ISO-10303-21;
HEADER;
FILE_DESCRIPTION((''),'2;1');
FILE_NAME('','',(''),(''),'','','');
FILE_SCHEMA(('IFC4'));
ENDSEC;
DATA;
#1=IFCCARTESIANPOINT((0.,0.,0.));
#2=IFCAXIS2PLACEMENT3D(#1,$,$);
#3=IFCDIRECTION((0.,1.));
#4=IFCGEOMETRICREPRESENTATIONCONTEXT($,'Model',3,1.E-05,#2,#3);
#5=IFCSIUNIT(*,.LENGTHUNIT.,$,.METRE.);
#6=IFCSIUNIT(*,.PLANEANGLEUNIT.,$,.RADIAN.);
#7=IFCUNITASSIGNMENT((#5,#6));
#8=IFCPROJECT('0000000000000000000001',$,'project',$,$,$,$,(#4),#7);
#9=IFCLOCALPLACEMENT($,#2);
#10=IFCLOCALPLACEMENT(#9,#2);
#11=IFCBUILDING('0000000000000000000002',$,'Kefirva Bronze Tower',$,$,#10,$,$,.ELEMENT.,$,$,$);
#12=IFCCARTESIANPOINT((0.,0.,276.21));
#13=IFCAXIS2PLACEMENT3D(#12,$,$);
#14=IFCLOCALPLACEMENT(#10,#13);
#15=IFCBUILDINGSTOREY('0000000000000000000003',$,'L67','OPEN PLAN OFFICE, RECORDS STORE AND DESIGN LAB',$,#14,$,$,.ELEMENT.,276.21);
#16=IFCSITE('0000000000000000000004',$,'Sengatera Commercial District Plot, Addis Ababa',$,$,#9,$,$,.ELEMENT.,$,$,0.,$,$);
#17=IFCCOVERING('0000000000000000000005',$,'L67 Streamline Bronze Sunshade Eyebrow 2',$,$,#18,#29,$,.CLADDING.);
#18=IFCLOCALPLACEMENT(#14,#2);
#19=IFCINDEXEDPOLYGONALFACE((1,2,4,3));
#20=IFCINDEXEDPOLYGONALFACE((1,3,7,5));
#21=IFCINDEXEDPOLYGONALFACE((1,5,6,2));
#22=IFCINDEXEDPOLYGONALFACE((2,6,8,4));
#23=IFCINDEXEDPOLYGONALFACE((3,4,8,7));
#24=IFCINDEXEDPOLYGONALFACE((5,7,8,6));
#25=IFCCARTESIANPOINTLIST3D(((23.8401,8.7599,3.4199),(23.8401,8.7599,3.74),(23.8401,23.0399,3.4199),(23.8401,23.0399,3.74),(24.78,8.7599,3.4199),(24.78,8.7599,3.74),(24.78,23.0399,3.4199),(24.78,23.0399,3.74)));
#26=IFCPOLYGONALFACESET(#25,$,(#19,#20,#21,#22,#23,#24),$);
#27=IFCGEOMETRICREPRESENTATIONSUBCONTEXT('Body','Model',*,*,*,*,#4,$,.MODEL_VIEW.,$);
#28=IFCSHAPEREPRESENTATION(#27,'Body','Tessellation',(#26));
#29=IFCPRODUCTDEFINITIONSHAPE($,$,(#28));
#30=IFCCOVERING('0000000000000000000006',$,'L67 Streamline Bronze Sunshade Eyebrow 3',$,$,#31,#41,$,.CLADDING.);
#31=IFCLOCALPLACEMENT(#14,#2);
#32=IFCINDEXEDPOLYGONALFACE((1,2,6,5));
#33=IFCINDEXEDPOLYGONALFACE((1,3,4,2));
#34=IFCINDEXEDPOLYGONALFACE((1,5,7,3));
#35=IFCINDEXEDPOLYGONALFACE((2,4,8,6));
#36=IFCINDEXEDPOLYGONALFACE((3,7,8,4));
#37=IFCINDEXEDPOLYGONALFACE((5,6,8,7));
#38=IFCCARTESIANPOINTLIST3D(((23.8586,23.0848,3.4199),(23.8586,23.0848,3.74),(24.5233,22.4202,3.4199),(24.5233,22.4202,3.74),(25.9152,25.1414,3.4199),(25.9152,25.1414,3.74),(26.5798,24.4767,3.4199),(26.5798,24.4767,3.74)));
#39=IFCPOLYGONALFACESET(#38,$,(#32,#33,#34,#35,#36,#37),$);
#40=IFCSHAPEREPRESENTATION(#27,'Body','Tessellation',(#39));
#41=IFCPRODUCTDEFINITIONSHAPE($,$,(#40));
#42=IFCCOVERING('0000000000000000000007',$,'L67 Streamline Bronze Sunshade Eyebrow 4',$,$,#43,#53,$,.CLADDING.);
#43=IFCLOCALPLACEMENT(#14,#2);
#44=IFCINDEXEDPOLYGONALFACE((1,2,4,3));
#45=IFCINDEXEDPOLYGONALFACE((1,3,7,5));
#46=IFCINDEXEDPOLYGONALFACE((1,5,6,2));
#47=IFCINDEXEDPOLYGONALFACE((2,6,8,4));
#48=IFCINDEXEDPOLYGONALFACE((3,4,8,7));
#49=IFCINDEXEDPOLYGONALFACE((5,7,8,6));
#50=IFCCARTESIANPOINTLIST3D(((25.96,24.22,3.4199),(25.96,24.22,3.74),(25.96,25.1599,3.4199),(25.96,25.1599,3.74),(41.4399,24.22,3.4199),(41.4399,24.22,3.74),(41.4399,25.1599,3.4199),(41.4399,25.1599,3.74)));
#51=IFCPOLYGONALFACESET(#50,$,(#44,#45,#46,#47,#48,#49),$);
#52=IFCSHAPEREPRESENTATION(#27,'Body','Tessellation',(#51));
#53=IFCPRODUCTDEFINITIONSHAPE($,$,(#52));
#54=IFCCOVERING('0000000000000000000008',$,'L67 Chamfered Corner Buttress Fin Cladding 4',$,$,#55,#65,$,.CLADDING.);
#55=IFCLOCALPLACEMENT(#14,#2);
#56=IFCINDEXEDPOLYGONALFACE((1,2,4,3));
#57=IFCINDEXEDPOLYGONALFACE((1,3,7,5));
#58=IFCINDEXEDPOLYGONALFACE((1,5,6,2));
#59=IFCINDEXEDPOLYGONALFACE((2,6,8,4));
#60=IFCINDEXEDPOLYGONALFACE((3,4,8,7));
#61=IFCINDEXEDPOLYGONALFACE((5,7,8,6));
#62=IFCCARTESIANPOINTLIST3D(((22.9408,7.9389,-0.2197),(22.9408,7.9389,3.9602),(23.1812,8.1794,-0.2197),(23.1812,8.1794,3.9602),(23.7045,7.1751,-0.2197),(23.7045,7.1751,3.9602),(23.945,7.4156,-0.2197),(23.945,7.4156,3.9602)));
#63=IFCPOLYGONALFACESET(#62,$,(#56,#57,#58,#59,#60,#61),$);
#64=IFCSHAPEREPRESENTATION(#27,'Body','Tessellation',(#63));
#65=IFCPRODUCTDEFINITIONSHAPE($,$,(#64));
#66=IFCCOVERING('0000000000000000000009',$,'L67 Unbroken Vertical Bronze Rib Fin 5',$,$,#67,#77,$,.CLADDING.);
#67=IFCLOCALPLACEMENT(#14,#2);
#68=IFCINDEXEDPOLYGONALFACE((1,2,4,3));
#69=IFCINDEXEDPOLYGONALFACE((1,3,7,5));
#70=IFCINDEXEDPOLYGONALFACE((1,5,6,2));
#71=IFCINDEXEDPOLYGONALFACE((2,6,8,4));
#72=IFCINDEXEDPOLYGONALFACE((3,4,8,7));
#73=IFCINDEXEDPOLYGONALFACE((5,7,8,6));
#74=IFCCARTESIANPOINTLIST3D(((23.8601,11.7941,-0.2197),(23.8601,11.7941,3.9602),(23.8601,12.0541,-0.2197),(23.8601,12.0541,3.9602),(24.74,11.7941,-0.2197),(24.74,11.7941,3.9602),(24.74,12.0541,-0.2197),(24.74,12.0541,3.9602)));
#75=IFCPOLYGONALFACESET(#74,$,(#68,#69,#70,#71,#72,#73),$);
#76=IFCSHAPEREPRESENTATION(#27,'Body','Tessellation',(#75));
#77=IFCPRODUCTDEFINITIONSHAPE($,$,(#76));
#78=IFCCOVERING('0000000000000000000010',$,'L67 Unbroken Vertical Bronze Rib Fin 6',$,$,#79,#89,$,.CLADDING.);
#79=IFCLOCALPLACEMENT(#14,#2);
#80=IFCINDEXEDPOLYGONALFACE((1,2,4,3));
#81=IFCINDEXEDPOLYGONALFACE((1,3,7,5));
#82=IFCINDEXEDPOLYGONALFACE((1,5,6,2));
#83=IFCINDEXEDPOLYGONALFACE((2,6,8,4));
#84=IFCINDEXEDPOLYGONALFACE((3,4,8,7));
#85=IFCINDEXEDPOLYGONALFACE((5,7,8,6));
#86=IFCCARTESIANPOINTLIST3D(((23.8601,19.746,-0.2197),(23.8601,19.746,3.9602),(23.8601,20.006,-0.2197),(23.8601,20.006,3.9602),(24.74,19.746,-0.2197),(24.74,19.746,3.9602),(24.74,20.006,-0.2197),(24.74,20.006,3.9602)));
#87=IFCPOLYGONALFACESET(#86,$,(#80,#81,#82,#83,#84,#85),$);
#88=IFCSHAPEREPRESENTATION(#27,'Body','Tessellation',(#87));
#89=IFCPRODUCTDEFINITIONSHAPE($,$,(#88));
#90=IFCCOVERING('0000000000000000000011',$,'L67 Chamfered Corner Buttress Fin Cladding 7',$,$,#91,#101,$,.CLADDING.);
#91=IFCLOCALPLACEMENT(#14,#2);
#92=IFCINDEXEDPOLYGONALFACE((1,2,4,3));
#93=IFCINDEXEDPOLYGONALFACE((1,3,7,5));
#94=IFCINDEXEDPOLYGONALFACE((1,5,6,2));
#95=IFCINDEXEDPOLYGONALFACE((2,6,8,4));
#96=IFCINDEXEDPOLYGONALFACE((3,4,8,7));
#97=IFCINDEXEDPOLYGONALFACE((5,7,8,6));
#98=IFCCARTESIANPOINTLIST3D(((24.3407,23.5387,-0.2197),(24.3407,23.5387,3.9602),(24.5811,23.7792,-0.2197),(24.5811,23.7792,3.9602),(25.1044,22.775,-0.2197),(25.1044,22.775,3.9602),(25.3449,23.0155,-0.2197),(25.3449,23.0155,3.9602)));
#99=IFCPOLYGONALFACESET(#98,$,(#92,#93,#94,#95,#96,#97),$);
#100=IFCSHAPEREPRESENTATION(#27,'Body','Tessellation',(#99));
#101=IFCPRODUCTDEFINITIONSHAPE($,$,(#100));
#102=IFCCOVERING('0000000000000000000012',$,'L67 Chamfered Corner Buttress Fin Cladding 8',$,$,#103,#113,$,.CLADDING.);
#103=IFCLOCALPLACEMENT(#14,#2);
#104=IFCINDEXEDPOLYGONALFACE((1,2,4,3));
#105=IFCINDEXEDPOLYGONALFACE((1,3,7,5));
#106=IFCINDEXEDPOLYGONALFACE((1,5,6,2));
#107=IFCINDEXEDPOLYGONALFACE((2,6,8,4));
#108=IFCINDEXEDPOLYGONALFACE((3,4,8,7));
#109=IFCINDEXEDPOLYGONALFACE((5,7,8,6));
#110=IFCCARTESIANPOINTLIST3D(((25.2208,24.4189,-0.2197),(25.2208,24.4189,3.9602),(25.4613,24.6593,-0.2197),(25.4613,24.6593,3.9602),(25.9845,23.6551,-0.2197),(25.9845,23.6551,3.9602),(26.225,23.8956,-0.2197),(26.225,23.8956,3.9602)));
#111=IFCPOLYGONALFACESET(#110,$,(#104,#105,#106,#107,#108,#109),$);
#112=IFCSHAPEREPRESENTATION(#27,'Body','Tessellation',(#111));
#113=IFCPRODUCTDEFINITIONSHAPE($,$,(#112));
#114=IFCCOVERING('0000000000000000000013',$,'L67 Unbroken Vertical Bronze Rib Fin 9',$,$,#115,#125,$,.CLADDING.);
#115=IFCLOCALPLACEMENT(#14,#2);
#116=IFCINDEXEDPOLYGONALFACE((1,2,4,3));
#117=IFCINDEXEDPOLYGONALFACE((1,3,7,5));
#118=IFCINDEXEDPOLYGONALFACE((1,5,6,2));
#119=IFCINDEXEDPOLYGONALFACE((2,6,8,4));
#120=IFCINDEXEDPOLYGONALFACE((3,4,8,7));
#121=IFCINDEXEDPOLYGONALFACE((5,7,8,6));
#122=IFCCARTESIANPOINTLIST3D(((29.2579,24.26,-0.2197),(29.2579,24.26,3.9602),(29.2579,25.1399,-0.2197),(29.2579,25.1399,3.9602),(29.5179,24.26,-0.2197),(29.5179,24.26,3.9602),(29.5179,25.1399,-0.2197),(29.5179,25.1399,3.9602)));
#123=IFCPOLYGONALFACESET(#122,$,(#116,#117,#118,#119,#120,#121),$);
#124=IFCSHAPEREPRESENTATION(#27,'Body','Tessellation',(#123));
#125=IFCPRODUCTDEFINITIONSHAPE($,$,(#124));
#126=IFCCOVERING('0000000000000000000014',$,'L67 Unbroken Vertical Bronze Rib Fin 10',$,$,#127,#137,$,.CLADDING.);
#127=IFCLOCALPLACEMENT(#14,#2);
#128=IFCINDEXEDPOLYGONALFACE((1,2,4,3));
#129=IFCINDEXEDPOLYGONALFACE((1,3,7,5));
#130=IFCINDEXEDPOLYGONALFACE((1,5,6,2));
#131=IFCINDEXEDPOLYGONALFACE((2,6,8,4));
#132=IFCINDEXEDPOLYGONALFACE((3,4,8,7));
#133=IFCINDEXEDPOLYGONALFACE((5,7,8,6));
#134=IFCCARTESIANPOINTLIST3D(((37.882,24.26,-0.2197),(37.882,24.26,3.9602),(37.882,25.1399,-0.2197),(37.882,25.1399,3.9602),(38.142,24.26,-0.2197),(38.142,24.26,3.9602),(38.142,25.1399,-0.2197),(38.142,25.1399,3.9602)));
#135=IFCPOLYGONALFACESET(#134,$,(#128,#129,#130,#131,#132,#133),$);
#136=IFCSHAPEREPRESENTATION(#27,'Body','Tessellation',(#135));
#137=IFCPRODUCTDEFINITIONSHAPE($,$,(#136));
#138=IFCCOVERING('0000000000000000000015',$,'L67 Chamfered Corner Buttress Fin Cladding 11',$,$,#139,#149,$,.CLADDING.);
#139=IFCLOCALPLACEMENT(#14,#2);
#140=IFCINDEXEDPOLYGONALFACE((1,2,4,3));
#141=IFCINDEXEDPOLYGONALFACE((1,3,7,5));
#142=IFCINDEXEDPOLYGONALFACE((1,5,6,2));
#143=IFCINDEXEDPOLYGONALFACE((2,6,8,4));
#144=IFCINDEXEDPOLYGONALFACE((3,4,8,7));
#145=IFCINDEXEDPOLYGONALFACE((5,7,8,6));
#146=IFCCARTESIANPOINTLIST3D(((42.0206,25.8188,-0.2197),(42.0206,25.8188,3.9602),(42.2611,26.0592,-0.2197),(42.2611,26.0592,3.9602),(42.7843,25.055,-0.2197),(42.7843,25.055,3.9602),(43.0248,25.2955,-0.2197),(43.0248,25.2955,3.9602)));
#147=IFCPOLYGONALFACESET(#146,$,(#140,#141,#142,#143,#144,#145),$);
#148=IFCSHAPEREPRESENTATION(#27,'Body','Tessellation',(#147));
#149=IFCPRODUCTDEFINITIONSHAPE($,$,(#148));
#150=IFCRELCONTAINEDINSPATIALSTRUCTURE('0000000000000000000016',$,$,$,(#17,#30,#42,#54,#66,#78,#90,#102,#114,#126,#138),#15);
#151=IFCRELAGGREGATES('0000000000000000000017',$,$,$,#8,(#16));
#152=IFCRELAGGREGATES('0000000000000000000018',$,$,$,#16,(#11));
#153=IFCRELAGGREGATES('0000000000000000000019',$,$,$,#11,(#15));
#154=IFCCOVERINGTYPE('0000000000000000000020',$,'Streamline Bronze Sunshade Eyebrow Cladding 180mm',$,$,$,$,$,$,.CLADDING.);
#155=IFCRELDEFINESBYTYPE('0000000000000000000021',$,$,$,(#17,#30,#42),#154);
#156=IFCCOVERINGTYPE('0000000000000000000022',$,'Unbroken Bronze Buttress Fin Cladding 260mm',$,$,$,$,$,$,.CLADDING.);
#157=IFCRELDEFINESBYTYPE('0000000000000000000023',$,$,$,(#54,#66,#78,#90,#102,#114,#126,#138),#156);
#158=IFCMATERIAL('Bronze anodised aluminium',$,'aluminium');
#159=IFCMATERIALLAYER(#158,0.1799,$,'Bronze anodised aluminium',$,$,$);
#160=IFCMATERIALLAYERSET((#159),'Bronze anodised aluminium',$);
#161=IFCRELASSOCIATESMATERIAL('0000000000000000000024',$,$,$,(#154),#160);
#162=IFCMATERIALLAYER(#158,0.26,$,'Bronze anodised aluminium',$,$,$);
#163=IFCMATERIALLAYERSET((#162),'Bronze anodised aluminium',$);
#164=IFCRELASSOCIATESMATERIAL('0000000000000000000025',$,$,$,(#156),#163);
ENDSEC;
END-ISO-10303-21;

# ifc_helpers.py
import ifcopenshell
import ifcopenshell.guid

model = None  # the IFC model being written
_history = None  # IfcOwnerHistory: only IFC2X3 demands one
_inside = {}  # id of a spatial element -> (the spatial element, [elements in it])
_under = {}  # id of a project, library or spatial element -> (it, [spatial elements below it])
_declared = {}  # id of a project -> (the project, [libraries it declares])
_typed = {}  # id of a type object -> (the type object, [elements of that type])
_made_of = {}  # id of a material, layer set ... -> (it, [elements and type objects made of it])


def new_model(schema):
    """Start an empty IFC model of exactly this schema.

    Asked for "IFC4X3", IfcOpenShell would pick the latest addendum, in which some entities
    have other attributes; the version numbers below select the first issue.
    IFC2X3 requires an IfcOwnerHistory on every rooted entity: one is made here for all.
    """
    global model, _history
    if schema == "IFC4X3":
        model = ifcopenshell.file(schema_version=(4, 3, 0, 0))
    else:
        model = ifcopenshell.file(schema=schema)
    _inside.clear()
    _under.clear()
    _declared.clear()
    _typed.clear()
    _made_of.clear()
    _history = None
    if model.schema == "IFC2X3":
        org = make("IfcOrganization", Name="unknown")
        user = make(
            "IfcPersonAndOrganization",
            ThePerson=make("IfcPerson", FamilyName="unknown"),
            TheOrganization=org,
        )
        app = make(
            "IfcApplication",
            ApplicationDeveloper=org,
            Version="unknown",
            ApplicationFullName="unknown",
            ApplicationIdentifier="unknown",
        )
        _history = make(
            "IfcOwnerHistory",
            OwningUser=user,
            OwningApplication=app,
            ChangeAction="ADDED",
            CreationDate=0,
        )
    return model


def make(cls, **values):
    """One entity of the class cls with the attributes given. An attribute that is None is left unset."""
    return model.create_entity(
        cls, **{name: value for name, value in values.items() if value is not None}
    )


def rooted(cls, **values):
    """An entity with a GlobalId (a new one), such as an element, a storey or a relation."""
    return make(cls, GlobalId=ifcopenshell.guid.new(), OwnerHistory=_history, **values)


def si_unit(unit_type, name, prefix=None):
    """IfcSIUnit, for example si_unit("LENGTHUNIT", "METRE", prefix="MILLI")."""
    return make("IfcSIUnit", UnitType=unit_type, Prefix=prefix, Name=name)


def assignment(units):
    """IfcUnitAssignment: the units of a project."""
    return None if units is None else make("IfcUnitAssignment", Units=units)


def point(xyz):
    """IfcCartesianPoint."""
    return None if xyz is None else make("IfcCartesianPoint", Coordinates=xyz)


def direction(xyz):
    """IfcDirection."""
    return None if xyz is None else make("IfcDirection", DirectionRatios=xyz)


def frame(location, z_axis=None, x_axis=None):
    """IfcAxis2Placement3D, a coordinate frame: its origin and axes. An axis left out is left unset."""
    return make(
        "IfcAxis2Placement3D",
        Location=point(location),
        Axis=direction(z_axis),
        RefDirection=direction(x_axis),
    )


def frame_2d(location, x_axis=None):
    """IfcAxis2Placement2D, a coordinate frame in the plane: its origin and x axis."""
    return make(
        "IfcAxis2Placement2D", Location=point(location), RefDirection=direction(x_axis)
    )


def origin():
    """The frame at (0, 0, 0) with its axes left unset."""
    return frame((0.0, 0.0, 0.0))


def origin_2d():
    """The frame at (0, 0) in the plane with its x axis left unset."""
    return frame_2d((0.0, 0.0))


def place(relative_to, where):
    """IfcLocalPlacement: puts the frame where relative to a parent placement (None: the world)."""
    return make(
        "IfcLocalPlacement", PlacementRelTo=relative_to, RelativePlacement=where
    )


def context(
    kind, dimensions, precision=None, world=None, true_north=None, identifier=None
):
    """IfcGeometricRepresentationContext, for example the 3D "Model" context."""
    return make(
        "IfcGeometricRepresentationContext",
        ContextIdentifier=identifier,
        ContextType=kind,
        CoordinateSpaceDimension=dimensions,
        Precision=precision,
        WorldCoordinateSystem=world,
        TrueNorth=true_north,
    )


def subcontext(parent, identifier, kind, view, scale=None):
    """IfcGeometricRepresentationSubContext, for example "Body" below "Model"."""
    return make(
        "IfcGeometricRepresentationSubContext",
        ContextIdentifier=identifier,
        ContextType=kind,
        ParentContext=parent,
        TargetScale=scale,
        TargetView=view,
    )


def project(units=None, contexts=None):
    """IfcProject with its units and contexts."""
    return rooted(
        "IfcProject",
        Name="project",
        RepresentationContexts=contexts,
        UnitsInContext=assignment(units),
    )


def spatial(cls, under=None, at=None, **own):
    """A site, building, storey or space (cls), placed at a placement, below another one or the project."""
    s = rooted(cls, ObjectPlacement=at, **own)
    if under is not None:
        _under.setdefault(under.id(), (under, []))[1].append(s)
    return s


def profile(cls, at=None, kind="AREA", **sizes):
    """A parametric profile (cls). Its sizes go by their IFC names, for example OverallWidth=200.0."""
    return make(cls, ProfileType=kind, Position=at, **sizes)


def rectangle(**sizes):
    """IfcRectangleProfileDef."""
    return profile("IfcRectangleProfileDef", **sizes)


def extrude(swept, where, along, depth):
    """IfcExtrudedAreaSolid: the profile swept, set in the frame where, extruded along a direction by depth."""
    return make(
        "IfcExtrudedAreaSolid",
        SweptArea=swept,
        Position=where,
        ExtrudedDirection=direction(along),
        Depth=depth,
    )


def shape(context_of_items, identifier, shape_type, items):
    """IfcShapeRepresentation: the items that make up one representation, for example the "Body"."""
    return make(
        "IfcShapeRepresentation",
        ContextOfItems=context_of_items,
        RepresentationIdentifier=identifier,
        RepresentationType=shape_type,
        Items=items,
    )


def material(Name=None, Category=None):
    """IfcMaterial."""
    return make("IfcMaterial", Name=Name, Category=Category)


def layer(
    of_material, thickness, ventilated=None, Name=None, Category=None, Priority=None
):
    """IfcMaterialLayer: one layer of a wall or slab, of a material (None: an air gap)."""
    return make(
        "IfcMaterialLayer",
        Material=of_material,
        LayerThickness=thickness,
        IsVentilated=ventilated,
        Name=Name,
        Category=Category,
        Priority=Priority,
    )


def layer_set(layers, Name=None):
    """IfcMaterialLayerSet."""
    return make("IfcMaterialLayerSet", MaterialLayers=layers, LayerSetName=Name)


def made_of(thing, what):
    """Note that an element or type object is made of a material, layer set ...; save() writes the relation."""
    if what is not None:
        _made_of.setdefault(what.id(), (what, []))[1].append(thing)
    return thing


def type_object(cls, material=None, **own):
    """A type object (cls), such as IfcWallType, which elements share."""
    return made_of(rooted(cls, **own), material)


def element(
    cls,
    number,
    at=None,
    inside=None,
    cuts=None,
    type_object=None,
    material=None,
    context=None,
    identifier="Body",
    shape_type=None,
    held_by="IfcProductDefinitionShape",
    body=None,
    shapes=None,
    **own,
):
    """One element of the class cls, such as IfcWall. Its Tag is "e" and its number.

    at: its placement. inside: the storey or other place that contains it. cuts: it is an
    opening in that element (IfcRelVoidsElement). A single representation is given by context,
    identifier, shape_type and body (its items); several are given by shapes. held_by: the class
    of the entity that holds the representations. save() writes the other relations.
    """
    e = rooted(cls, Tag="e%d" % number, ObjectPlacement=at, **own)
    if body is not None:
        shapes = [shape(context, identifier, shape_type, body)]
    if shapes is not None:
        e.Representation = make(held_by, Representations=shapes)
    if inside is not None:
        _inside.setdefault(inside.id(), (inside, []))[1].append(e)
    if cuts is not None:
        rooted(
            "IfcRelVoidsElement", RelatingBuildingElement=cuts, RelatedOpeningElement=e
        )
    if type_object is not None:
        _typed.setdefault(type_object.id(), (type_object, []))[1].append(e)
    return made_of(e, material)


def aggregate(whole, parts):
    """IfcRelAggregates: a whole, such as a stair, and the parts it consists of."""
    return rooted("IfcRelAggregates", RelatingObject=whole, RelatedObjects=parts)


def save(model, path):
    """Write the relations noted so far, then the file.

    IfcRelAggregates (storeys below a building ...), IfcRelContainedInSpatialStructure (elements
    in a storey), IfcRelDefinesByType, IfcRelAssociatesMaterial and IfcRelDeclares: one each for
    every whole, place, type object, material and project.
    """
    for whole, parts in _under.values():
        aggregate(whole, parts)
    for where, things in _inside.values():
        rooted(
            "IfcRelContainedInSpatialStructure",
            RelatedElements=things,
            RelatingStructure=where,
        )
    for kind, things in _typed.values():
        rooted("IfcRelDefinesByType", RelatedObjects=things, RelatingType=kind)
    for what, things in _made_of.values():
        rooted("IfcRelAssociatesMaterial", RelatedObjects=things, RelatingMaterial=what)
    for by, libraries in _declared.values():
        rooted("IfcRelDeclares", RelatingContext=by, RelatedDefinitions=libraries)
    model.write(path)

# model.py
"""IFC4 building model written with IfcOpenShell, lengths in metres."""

from ifc_helpers import new_model, si_unit, direction, frame, origin, origin_2d, place, context, subcontext, project, spatial, rectangle, extrude, material, layer, layer_set, type_object, element, save


model = new_model("IFC4")

# Units and contexts
model_context = context("Model", 3, precision=1e-05, world=origin(), true_north=direction((0.0, 1.0)))
body_context = subcontext(model_context, "Body", "Model", "MODEL_VIEW")
ifc_project = project(units=[si_unit("LENGTHUNIT", "METRE"), si_unit("PLANEANGLEUNIT", "RADIAN")], contexts=[model_context])

# Site, building, storey
site_placement = place(None, origin())
site = spatial("IfcSite", under=ifc_project, at=site_placement, Name="Sengatera Commercial District Plot, Addis Ababa", CompositionType="ELEMENT", RefElevation=0.0)
building_placement = place(site_placement, origin())
building = spatial("IfcBuilding", under=site, at=building_placement, Name="Kefirva Bronze Tower", CompositionType="ELEMENT")
storey_placement = place(building_placement, frame((0.0, 0.0, 276.21)))
storey = spatial("IfcBuildingStorey", under=building, at=storey_placement, Name="L67", Description="OPEN PLAN OFFICE, RECORDS STORE AND DESIGN LAB", CompositionType="ELEMENT", Elevation=276.21)

# Shared definitions
ifc_material_1 = material(Name="Bronze anodised aluminium", Category="aluminium")

# Coverings
ifc_layer_1 = layer(ifc_material_1, 0.1799, Name="Bronze anodised aluminium")
ifc_layer_set_1 = layer_set([ifc_layer_1], Name="Bronze anodised aluminium")
covering_type_1 = type_object("IfcCoveringType", Name="Streamline Bronze Sunshade Eyebrow Cladding 180mm", PredefinedType="CLADDING", material=ifc_layer_set_1)
covering_1_placement = place(storey_placement, frame((24.3101, 15.8999, 3.4199), z_axis=(0.0, 0.0, 1.0), x_axis=(0.0, 1.0, 0.0)))
element("IfcCovering", 1, at=covering_1_placement, inside=storey, type_object=covering_type_1, Name="L67 Streamline Bronze Sunshade Eyebrow 2", PredefinedType="CLADDING", context=body_context, shape_type="SweptSolid", body=[
    extrude(rectangle(XDim=14.28, YDim=0.9399, at=origin_2d()), origin(), (0.0, 0.0, 1.0), 0.3201),
])
covering_2_placement = place(storey_placement, frame((25.2192, 23.7808, 3.4199), z_axis=(0.0, 0.0, 1.0), x_axis=(0.707107, 0.707107, 0.0)))
element("IfcCovering", 2, at=covering_2_placement, inside=storey, type_object=covering_type_1, Name="L67 Streamline Bronze Sunshade Eyebrow 3", PredefinedType="CLADDING", context=body_context, shape_type="SweptSolid", body=[
    extrude(rectangle(XDim=2.9084, YDim=0.9399, at=origin_2d()), origin(), (0.0, 0.0, 1.0), 0.3201),
])
covering_3_placement = place(storey_placement, frame((33.7, 24.6899, 3.4199), z_axis=(0.0, 0.0, 1.0), x_axis=(1.0, 0.0, 0.0)))
element("IfcCovering", 3, at=covering_3_placement, inside=storey, type_object=covering_type_1, Name="L67 Streamline Bronze Sunshade Eyebrow 4", PredefinedType="CLADDING", context=body_context, shape_type="SweptSolid", body=[
    extrude(rectangle(XDim=15.48, YDim=0.9399, at=origin_2d()), origin(), (0.0, 0.0, 1.0), 0.3201),
])
ifc_layer_2 = layer(ifc_material_1, 0.26, Name="Bronze anodised aluminium")
ifc_layer_set_2 = layer_set([ifc_layer_2], Name="Bronze anodised aluminium")
covering_type_2 = type_object("IfcCoveringType", Name="Unbroken Bronze Buttress Fin Cladding 260mm", PredefinedType="CLADDING", material=ifc_layer_set_2)
covering_4_placement = place(storey_placement, frame((23.4429, 7.6772, -0.2197), z_axis=(0.0, 0.0, 1.0), x_axis=(0.707107, 0.707107, 0.0)))
element("IfcCovering", 4, at=covering_4_placement, inside=storey, type_object=covering_type_2, Name="L67 Chamfered Corner Buttress Fin Cladding 4", PredefinedType="CLADDING", context=body_context, shape_type="SweptSolid", body=[
    extrude(rectangle(XDim=0.3401, YDim=1.0801, at=origin_2d()), origin(), (0.0, 0.0, 1.0), 4.1799),
])
for number, where, z_axis, x_axis, name in (
    (5, (24.3, 11.9241, -0.2197), (0.0, 0.0, 1.0), (0.0, 1.0, 0.0), "L67 Unbroken Vertical Bronze Rib Fin 5"),
    (6, (24.3, 19.876, -0.2197), (0.0, 0.0, 1.0), (0.0, 1.0, 0.0), "L67 Unbroken Vertical Bronze Rib Fin 6"),
):
    element("IfcCovering", number, at=place(storey_placement, frame(where, z_axis=z_axis, x_axis=x_axis)), inside=storey, type_object=covering_type_2, Name=name, PredefinedType="CLADDING", context=body_context, shape_type="SweptSolid", body=[
        extrude(rectangle(XDim=0.26, YDim=0.8799, at=origin_2d()), origin(), (0.0, 0.0, 1.0), 4.1799),
    ])
for number, where, z_axis, x_axis, name in (
    (7, (24.8428, 23.2771, -0.2197), (0.0, 0.0, 1.0), (0.707107, 0.707107, 0.0), "L67 Chamfered Corner Buttress Fin Cladding 7"),
    (8, (25.7229, 24.1572, -0.2197), (0.0, 0.0, 1.0), (0.707107, 0.707107, 0.0), "L67 Chamfered Corner Buttress Fin Cladding 8"),
):
    element("IfcCovering", number, at=place(storey_placement, frame(where, z_axis=z_axis, x_axis=x_axis)), inside=storey, type_object=covering_type_2, Name=name, PredefinedType="CLADDING", context=body_context, shape_type="SweptSolid", body=[
        extrude(rectangle(XDim=0.3401, YDim=1.0801, at=origin_2d()), origin(), (0.0, 0.0, 1.0), 4.1799),
    ])
for number, where, z_axis, x_axis, name in (
    (9, (29.3879, 24.7, -0.2197), (0.0, 0.0, 1.0), (1.0, 0.0, 0.0), "L67 Unbroken Vertical Bronze Rib Fin 9"),
    (10, (38.012, 24.7, -0.2197), (0.0, 0.0, 1.0), (1.0, 0.0, 0.0), "L67 Unbroken Vertical Bronze Rib Fin 10"),
):
    element("IfcCovering", number, at=place(storey_placement, frame(where, z_axis=z_axis, x_axis=x_axis)), inside=storey, type_object=covering_type_2, Name=name, PredefinedType="CLADDING", context=body_context, shape_type="SweptSolid", body=[
        extrude(rectangle(XDim=0.26, YDim=0.8799, at=origin_2d()), origin(), (0.0, 0.0, 1.0), 4.1799),
    ])
covering_5_placement = place(storey_placement, frame((42.5227, 25.5571, -0.2197), z_axis=(0.0, 0.0, 1.0), x_axis=(0.707107, 0.707107, 0.0)))
element("IfcCovering", 11, at=covering_5_placement, inside=storey, type_object=covering_type_2, Name="L67 Chamfered Corner Buttress Fin Cladding 11", PredefinedType="CLADDING", context=body_context, shape_type="SweptSolid", body=[
    extrude(rectangle(XDim=0.3401, YDim=1.0801, at=origin_2d()), origin(), (0.0, 0.0, 1.0), 4.1799),
])

save(model, "model.ifc")
